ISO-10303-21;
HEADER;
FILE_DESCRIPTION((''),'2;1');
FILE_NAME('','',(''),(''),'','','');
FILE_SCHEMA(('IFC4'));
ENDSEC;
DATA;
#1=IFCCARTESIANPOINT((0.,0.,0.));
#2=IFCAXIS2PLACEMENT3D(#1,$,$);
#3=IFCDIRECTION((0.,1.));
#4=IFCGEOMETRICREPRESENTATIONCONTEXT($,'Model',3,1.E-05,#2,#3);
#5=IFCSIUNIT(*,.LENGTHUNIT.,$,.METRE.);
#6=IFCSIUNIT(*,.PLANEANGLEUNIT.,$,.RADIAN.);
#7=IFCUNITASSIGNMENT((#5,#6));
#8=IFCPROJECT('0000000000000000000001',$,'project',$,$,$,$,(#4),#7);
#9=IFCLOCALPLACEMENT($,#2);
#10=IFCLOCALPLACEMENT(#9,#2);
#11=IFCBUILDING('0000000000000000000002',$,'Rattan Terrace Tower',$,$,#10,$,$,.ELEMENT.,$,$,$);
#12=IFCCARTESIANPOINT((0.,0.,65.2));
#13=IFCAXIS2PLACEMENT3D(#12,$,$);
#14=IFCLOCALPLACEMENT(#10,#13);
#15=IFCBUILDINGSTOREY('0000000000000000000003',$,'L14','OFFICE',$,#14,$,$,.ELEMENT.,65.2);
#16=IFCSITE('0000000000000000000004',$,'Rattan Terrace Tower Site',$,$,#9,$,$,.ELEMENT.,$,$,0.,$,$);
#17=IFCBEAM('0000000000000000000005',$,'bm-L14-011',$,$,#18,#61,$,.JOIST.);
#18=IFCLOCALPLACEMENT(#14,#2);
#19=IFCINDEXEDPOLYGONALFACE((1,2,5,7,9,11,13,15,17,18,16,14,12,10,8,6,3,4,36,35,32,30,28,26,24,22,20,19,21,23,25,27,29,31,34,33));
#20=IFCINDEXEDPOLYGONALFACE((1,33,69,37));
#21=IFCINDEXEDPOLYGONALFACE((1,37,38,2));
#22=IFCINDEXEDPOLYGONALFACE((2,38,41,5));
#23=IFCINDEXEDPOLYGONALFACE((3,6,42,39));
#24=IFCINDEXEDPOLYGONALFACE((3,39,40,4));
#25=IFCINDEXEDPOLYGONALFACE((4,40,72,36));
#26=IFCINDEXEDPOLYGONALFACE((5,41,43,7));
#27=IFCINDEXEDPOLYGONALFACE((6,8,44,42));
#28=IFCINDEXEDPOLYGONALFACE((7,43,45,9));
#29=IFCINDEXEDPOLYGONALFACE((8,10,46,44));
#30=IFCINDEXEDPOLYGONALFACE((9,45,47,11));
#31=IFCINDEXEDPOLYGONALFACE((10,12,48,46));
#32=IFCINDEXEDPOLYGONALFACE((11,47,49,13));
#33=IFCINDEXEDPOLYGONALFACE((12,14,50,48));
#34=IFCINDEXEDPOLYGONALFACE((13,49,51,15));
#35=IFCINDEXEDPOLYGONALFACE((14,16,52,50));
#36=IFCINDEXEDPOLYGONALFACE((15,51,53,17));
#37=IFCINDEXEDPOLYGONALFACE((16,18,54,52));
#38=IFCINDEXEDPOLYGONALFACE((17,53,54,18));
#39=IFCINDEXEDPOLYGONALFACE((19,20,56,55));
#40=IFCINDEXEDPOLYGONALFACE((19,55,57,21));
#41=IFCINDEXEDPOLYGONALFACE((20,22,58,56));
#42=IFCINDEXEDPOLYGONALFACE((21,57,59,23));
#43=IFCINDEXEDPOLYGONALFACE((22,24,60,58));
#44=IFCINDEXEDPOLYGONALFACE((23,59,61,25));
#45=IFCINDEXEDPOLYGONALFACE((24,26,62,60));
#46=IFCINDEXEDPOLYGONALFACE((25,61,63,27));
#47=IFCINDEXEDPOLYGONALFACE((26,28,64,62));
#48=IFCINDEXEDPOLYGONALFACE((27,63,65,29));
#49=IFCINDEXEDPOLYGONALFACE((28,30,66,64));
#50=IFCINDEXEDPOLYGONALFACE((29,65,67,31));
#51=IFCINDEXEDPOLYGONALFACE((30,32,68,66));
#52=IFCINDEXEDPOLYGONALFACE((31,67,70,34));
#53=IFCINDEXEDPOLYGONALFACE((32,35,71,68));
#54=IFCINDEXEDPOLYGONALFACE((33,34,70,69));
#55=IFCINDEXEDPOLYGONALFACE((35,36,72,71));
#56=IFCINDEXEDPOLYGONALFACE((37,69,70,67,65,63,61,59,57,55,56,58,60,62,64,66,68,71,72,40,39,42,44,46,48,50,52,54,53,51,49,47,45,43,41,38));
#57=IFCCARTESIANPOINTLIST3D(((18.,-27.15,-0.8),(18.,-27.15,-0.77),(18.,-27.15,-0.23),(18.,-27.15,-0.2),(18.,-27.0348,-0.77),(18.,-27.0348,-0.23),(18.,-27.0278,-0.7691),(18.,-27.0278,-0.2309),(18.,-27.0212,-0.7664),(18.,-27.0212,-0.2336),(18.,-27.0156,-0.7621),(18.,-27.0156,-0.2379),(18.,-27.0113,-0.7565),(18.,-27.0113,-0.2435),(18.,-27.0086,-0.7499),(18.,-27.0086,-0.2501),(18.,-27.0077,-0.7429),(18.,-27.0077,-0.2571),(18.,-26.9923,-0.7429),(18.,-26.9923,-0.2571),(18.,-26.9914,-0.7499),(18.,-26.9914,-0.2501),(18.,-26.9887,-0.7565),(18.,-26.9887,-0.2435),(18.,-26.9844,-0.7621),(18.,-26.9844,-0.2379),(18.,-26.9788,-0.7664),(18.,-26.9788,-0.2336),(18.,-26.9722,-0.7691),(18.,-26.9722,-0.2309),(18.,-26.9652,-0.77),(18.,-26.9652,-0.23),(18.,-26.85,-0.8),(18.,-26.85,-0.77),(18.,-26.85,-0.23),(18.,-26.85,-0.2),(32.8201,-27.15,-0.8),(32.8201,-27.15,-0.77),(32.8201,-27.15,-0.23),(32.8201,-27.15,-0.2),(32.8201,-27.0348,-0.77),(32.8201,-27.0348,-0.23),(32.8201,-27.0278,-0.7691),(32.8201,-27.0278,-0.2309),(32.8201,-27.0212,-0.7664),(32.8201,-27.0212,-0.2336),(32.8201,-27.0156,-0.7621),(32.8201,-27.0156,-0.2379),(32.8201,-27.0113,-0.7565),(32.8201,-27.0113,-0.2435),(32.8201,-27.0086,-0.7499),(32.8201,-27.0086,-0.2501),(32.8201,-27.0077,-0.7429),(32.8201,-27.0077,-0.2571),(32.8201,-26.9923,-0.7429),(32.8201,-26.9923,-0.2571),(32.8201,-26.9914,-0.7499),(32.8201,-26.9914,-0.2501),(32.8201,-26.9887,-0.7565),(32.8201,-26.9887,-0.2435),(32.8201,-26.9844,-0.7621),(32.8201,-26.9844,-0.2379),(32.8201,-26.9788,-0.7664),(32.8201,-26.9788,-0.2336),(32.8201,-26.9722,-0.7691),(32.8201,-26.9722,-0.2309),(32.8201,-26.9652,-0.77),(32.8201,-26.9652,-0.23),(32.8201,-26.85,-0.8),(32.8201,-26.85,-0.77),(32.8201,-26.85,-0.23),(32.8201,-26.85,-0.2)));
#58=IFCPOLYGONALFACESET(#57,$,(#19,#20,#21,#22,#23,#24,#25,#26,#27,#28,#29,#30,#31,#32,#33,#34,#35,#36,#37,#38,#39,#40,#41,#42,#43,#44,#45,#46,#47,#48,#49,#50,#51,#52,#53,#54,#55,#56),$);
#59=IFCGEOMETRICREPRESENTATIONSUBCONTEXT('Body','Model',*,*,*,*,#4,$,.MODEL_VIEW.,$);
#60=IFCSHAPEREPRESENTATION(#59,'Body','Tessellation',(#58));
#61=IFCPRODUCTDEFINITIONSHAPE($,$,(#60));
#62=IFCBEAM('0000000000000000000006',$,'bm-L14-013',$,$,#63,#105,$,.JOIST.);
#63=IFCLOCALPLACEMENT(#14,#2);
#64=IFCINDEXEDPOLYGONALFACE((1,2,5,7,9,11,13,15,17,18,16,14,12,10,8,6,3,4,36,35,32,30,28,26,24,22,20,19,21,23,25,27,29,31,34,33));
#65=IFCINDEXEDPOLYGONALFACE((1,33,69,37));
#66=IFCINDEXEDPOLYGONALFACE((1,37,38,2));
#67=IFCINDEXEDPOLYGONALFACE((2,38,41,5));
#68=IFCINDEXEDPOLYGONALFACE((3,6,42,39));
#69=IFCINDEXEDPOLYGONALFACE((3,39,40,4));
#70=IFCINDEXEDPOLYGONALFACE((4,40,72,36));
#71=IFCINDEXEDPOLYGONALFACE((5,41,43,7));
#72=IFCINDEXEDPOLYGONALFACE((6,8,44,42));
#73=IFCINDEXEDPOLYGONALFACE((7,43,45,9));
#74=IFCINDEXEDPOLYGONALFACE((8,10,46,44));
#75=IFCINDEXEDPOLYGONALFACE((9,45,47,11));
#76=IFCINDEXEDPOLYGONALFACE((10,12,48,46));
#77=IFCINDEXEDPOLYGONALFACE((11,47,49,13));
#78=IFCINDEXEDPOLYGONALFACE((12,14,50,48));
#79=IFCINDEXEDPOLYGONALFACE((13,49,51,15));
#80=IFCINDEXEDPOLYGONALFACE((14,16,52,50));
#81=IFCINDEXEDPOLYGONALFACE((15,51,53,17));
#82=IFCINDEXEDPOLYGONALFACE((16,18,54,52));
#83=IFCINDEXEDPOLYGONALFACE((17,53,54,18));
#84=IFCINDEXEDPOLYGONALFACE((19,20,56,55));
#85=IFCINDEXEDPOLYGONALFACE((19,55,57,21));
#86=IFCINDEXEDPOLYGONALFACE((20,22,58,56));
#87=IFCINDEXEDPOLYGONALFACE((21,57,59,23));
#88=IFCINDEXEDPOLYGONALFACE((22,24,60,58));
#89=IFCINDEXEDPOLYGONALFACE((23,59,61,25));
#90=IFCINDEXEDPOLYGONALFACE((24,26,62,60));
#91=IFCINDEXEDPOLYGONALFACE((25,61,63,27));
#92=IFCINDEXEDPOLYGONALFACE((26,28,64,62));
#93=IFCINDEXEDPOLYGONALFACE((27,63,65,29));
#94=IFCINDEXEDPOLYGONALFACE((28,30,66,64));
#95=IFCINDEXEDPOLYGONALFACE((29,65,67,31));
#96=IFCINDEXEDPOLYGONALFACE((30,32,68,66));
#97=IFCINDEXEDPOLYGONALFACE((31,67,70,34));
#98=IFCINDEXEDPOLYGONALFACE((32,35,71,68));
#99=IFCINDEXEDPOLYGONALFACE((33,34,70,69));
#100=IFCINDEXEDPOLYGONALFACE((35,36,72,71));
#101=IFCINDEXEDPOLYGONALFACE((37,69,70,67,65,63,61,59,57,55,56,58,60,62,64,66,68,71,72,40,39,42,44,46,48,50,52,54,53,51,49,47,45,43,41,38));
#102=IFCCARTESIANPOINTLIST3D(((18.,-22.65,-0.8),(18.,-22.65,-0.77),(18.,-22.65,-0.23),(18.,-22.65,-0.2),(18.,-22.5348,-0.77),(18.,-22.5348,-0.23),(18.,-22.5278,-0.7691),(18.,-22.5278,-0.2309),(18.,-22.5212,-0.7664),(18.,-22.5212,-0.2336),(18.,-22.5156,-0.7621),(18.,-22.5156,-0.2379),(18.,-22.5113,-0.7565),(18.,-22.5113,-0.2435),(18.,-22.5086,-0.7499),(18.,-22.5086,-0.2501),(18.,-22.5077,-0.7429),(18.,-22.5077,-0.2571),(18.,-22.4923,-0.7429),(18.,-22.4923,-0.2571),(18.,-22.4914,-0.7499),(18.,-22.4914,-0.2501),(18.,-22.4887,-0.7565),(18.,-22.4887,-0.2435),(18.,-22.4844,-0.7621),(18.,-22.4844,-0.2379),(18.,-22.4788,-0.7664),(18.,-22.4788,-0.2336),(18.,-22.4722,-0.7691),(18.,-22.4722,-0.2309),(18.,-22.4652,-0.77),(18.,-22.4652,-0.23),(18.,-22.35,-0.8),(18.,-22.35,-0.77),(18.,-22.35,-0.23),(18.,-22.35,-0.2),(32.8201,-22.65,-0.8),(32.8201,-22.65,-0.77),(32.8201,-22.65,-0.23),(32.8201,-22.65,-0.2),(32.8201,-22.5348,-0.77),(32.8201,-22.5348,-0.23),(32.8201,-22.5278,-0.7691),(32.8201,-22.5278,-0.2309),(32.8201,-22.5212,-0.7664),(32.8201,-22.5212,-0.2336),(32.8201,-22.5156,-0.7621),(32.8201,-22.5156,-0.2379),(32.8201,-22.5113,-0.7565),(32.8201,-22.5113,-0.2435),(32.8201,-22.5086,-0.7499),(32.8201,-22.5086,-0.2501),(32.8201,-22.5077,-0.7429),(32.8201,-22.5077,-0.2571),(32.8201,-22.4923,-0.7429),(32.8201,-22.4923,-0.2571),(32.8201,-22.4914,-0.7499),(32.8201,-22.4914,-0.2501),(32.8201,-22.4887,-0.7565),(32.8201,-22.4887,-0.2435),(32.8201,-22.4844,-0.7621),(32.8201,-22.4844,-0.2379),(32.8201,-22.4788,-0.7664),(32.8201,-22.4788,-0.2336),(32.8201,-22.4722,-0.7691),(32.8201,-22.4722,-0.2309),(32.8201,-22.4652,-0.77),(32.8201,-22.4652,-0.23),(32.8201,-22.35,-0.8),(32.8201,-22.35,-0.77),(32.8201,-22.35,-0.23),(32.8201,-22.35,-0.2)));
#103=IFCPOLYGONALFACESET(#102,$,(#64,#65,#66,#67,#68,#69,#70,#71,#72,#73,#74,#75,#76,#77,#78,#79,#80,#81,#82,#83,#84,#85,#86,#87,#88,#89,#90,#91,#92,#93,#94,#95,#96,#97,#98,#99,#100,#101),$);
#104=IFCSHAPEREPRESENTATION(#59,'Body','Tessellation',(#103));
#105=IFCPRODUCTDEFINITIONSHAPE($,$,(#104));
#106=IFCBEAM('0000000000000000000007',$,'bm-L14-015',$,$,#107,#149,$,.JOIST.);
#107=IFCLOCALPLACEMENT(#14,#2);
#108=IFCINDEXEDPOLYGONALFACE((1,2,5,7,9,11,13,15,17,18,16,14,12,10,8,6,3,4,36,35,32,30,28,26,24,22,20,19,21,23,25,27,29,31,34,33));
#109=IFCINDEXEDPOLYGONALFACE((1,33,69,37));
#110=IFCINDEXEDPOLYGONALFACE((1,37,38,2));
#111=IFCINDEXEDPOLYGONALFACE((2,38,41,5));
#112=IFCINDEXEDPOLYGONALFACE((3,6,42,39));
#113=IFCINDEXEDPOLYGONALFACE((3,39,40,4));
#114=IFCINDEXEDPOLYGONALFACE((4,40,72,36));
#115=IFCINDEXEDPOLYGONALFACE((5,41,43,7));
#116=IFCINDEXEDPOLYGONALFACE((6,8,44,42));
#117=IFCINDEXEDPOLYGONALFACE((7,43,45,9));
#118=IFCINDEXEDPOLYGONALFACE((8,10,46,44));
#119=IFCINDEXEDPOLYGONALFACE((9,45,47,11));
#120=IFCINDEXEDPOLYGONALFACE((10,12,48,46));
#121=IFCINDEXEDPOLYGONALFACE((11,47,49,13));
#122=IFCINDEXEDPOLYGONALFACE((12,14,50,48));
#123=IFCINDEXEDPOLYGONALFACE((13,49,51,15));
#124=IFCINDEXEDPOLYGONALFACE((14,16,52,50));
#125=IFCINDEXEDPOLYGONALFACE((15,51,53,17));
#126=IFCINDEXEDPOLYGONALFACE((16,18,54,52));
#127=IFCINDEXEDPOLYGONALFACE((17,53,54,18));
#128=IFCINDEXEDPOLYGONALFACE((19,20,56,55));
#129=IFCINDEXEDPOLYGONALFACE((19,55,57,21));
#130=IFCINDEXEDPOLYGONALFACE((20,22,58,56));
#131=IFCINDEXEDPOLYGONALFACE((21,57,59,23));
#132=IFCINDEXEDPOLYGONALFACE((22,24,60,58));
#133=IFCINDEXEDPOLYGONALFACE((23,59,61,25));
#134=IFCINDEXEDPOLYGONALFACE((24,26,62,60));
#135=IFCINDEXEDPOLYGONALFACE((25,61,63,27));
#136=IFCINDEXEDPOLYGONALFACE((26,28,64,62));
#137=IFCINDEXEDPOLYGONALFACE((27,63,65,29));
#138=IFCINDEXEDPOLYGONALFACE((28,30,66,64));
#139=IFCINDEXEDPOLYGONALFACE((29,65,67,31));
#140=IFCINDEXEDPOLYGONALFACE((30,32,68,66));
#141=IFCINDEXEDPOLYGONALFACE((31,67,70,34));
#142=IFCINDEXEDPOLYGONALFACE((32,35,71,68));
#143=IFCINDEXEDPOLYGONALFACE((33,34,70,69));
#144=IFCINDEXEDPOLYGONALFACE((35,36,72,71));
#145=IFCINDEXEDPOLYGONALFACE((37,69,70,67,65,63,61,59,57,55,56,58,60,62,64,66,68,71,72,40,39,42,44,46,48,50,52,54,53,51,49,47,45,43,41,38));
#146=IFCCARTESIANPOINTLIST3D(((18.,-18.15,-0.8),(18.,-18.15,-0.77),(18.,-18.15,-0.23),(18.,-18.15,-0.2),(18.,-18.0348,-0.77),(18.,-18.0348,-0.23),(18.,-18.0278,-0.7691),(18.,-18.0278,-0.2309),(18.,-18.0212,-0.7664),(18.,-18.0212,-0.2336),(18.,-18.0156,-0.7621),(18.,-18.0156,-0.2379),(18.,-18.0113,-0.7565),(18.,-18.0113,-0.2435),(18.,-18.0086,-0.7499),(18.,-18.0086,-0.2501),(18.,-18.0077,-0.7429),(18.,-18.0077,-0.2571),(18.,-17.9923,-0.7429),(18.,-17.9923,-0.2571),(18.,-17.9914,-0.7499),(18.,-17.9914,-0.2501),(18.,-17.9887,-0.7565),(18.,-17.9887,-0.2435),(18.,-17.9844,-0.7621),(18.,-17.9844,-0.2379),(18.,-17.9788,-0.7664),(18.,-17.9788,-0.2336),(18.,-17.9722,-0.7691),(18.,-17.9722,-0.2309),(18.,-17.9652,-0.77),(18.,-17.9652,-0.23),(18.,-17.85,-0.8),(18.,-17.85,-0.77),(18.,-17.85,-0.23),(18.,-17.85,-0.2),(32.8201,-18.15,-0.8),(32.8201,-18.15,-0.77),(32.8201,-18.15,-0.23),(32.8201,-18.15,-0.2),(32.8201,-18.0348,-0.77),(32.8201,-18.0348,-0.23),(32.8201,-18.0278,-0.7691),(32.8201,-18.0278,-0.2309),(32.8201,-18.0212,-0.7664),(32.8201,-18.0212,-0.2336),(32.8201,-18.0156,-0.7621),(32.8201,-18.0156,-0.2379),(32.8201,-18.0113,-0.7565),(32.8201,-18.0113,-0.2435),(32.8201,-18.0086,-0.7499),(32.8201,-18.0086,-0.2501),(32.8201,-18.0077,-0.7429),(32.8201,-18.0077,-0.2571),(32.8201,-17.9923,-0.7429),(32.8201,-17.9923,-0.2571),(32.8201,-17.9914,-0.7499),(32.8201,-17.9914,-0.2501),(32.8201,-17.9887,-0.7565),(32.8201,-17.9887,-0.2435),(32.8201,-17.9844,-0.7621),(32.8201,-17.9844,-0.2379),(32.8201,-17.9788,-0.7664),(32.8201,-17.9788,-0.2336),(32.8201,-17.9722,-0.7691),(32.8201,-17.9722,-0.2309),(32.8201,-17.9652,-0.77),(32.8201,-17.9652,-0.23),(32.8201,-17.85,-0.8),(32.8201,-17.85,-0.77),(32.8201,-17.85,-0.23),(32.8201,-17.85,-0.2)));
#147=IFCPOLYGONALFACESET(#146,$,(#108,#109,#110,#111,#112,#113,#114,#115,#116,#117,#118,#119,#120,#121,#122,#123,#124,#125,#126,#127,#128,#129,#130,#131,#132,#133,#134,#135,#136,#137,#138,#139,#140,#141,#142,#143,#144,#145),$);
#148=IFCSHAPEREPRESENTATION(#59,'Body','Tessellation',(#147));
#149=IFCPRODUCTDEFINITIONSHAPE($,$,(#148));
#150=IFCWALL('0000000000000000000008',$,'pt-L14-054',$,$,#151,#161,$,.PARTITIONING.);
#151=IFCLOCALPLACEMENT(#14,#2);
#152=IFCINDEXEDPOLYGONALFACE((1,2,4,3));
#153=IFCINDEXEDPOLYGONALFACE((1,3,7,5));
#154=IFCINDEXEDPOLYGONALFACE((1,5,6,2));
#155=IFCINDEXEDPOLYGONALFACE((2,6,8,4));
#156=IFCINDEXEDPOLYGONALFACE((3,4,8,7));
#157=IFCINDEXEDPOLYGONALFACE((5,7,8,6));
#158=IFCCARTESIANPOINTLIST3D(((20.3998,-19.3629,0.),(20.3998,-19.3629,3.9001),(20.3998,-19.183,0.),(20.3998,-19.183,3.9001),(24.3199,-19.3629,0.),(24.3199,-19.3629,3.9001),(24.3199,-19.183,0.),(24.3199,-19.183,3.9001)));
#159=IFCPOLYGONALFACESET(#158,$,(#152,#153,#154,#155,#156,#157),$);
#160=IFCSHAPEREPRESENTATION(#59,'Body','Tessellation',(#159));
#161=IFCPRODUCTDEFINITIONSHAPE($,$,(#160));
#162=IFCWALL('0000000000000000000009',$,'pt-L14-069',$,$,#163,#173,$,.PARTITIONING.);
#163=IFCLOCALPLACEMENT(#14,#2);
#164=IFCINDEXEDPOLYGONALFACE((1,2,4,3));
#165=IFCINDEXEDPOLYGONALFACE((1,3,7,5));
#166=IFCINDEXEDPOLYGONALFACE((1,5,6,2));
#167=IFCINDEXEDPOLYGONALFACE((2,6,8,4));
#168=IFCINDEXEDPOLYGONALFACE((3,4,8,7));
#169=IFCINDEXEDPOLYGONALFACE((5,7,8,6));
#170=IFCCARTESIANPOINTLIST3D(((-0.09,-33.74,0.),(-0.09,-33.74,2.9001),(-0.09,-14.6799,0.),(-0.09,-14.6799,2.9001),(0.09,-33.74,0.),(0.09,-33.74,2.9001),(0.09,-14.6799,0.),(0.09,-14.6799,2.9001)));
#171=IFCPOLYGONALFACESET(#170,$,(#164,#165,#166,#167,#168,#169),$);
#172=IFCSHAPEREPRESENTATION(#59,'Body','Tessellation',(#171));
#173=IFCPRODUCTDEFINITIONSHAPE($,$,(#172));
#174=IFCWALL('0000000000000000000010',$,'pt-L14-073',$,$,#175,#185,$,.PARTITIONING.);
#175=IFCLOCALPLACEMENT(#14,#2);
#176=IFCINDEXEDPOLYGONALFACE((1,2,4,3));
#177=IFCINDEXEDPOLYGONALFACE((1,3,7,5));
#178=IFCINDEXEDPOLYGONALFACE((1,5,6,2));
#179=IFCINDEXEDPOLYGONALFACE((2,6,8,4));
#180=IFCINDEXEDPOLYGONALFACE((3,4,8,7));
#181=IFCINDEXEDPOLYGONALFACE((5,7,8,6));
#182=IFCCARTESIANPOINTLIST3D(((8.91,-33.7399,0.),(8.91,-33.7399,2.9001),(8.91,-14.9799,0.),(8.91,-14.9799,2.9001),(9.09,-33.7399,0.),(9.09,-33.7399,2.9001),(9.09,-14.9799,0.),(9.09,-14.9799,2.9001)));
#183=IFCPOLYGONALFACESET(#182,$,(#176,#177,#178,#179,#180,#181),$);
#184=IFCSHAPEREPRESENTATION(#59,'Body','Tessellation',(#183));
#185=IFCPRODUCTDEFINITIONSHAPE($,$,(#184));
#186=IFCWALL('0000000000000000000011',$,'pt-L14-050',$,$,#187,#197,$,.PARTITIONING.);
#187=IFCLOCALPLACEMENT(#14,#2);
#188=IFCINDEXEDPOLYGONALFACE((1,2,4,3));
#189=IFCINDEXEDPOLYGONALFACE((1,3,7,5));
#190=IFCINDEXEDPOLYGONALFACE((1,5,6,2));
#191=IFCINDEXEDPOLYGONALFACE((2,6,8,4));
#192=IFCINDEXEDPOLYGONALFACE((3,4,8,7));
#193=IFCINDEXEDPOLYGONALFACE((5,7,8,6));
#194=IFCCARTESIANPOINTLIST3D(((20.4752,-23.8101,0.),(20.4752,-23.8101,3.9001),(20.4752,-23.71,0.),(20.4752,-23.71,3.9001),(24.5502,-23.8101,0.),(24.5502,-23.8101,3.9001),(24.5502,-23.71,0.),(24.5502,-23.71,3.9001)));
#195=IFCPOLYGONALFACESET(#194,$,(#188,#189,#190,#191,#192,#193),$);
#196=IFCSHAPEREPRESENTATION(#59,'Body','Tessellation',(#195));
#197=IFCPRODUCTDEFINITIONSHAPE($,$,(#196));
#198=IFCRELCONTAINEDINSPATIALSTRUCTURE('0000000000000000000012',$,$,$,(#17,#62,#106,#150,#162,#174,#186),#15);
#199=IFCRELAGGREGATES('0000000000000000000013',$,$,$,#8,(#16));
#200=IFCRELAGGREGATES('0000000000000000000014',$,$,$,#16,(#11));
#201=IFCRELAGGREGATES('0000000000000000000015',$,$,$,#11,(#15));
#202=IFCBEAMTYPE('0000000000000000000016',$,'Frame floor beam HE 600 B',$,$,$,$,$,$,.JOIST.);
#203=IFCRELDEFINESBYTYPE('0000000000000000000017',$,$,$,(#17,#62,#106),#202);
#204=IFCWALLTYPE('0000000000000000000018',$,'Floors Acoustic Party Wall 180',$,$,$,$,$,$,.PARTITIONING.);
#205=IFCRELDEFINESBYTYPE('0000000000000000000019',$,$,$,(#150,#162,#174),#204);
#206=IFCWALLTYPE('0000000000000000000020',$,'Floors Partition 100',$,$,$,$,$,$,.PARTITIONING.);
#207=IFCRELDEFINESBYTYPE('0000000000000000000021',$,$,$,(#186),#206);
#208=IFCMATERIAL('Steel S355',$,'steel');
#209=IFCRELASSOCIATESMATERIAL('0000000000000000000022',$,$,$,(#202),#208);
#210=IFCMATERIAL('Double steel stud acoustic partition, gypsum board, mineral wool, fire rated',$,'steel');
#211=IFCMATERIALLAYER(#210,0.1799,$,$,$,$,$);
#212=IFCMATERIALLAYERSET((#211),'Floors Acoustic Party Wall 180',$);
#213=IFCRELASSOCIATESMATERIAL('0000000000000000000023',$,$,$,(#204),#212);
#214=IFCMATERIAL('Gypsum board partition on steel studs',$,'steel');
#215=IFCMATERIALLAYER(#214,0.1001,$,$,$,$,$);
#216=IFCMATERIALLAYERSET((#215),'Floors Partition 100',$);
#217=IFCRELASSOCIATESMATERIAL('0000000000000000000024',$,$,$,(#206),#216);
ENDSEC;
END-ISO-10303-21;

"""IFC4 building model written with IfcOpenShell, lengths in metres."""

from ifc_helpers import new_model, si_unit, direction, frame, frame_2d, origin, origin_2d, place, context, subcontext, project, spatial, rectangle, i_section, extrude, material, layer, layer_set, material_profile, profile_set, type_object, element, save


model = new_model("IFC4")

# Units and contexts
model_context = context("Model", 3, precision=1e-05, world=origin(), true_north=direction((0.0, 1.0)))
body_context = subcontext(model_context, "Body", "Model", "MODEL_VIEW")
ifc_project = project(units=[si_unit("LENGTHUNIT", "METRE"), si_unit("PLANEANGLEUNIT", "RADIAN")], contexts=[model_context])

# Site, building, storey
site_placement = place(None, origin())
site = spatial("IfcSite", under=ifc_project, at=site_placement, Name="Rattan Terrace Tower Site", CompositionType="ELEMENT", RefElevation=0.0)
building_placement = place(site_placement, origin())
building = spatial("IfcBuilding", under=site, at=building_placement, Name="Rattan Terrace Tower", CompositionType="ELEMENT")
storey_placement = place(building_placement, frame((0.0, 0.0, 65.2)))
storey = spatial("IfcBuildingStorey", under=building, at=storey_placement, Name="L14", Description="OFFICE", CompositionType="ELEMENT", Elevation=65.2)

# Beams
ifc_material_1 = material(Name="Steel S355", Category="steel")
ifc_material_profile = material_profile(ifc_material_1, i_section(OverallWidth=0.3, OverallDepth=0.6001, WebThickness=0.0154, FlangeThickness=0.03, FilletRadius=0.0271, at=origin_2d()), Name="HE 600 B")
ifc_profile_set = profile_set([ifc_material_profile], Name="Steel S355")
beam_type = type_object("IfcBeamType", Name="Frame floor beam HE 600 B", PredefinedType="JOIST", material=ifc_profile_set)
for number, where, z_axis, x_axis, name in (
    (1, (18.0, -27.0, -0.5), (1.0, 0.0, 0.0), (0.0, 1.0, 0.0), "bm-L14-011"),
    (2, (18.0, -22.5, -0.5), (1.0, 0.0, 0.0), (0.0, 1.0, 0.0), "bm-L14-013"),
    (3, (18.0, -18.0, -0.5), (1.0, 0.0, 0.0), (0.0, 1.0, 0.0), "bm-L14-015"),
):
    element("IfcBeam", number, at=place(storey_placement, frame(where, z_axis=z_axis, x_axis=x_axis)), inside=storey, type_object=beam_type, Name=name, PredefinedType="JOIST", context=body_context, shape_type="SweptSolid", body=[
        extrude(i_section(OverallWidth=0.3, OverallDepth=0.6001, WebThickness=0.0154, FlangeThickness=0.03, FilletRadius=0.0271, at=origin_2d()), origin(), (0.0, 0.0, 1.0), 14.8201),
    ])

# Walls
ifc_material_2 = material(Name="Double steel stud acoustic partition, gypsum board, mineral wool, fire rated", Category="steel")
ifc_layer_1 = layer(ifc_material_2, 0.1799)
ifc_layer_set_1 = layer_set([ifc_layer_1], Name="Floors Acoustic Party Wall 180")
wall_type_1 = type_object("IfcWallType", Name="Floors Acoustic Party Wall 180", PredefinedType="PARTITIONING", material=ifc_layer_set_1)
wall_1_placement = place(storey_placement, frame((20.3999, -19.2729, 0.0), z_axis=(0.0, 0.0, 1.0), x_axis=(1.0, 0.0, 0.0)))
element("IfcWall", 4, at=wall_1_placement, inside=storey, type_object=wall_type_1, Name="pt-L14-054", PredefinedType="PARTITIONING", context=body_context, shape_type="SweptSolid", body=[
    extrude(rectangle(XDim=3.9202, YDim=0.1799, at=frame_2d((1.96, 0.0))), origin(), (0.0, 0.0, 1.0), 3.9001),
])
wall_2_placement = place(storey_placement, frame((0.0, -14.6799, 0.0), z_axis=(0.0, 0.0, 1.0), x_axis=(0.0, -1.0, 0.0)))
element("IfcWall", 5, at=wall_2_placement, inside=storey, type_object=wall_type_1, Name="pt-L14-069", PredefinedType="PARTITIONING", context=body_context, shape_type="SweptSolid", body=[
    extrude(rectangle(XDim=19.0601, YDim=0.1799, at=frame_2d((9.53, 0.0))), origin(), (0.0, 0.0, 1.0), 2.9001),
])
wall_3_placement = place(storey_placement, frame((9.0, -14.98, 0.0), z_axis=(0.0, 0.0, 1.0), x_axis=(0.0, -1.0, 0.0)))
element("IfcWall", 6, at=wall_3_placement, inside=storey, type_object=wall_type_1, Name="pt-L14-073", PredefinedType="PARTITIONING", context=body_context, shape_type="SweptSolid", body=[
    extrude(rectangle(XDim=18.76, YDim=0.1799, at=frame_2d((9.3799, 0.0))), origin(), (0.0, 0.0, 1.0), 2.9001),
])
ifc_material_3 = material(Name="Gypsum board partition on steel studs", Category="steel")
ifc_layer_2 = layer(ifc_material_3, 0.1001)
ifc_layer_set_2 = layer_set([ifc_layer_2], Name="Floors Partition 100")
wall_type_2 = type_object("IfcWallType", Name="Floors Partition 100", PredefinedType="PARTITIONING", material=ifc_layer_set_2)
wall_4_placement = place(storey_placement, frame((20.4751, -23.76, 0.0), z_axis=(0.0, 0.0, 1.0), x_axis=(1.0, 0.0, 0.0)))
element("IfcWall", 7, at=wall_4_placement, inside=storey, type_object=wall_type_2, Name="pt-L14-050", PredefinedType="PARTITIONING", context=body_context, shape_type="SweptSolid", body=[
    extrude(rectangle(XDim=4.075, YDim=0.1001, at=frame_2d((2.0376, 0.0))), origin(), (0.0, 0.0, 1.0), 3.9001),
])

save(model, "model.ifc")
